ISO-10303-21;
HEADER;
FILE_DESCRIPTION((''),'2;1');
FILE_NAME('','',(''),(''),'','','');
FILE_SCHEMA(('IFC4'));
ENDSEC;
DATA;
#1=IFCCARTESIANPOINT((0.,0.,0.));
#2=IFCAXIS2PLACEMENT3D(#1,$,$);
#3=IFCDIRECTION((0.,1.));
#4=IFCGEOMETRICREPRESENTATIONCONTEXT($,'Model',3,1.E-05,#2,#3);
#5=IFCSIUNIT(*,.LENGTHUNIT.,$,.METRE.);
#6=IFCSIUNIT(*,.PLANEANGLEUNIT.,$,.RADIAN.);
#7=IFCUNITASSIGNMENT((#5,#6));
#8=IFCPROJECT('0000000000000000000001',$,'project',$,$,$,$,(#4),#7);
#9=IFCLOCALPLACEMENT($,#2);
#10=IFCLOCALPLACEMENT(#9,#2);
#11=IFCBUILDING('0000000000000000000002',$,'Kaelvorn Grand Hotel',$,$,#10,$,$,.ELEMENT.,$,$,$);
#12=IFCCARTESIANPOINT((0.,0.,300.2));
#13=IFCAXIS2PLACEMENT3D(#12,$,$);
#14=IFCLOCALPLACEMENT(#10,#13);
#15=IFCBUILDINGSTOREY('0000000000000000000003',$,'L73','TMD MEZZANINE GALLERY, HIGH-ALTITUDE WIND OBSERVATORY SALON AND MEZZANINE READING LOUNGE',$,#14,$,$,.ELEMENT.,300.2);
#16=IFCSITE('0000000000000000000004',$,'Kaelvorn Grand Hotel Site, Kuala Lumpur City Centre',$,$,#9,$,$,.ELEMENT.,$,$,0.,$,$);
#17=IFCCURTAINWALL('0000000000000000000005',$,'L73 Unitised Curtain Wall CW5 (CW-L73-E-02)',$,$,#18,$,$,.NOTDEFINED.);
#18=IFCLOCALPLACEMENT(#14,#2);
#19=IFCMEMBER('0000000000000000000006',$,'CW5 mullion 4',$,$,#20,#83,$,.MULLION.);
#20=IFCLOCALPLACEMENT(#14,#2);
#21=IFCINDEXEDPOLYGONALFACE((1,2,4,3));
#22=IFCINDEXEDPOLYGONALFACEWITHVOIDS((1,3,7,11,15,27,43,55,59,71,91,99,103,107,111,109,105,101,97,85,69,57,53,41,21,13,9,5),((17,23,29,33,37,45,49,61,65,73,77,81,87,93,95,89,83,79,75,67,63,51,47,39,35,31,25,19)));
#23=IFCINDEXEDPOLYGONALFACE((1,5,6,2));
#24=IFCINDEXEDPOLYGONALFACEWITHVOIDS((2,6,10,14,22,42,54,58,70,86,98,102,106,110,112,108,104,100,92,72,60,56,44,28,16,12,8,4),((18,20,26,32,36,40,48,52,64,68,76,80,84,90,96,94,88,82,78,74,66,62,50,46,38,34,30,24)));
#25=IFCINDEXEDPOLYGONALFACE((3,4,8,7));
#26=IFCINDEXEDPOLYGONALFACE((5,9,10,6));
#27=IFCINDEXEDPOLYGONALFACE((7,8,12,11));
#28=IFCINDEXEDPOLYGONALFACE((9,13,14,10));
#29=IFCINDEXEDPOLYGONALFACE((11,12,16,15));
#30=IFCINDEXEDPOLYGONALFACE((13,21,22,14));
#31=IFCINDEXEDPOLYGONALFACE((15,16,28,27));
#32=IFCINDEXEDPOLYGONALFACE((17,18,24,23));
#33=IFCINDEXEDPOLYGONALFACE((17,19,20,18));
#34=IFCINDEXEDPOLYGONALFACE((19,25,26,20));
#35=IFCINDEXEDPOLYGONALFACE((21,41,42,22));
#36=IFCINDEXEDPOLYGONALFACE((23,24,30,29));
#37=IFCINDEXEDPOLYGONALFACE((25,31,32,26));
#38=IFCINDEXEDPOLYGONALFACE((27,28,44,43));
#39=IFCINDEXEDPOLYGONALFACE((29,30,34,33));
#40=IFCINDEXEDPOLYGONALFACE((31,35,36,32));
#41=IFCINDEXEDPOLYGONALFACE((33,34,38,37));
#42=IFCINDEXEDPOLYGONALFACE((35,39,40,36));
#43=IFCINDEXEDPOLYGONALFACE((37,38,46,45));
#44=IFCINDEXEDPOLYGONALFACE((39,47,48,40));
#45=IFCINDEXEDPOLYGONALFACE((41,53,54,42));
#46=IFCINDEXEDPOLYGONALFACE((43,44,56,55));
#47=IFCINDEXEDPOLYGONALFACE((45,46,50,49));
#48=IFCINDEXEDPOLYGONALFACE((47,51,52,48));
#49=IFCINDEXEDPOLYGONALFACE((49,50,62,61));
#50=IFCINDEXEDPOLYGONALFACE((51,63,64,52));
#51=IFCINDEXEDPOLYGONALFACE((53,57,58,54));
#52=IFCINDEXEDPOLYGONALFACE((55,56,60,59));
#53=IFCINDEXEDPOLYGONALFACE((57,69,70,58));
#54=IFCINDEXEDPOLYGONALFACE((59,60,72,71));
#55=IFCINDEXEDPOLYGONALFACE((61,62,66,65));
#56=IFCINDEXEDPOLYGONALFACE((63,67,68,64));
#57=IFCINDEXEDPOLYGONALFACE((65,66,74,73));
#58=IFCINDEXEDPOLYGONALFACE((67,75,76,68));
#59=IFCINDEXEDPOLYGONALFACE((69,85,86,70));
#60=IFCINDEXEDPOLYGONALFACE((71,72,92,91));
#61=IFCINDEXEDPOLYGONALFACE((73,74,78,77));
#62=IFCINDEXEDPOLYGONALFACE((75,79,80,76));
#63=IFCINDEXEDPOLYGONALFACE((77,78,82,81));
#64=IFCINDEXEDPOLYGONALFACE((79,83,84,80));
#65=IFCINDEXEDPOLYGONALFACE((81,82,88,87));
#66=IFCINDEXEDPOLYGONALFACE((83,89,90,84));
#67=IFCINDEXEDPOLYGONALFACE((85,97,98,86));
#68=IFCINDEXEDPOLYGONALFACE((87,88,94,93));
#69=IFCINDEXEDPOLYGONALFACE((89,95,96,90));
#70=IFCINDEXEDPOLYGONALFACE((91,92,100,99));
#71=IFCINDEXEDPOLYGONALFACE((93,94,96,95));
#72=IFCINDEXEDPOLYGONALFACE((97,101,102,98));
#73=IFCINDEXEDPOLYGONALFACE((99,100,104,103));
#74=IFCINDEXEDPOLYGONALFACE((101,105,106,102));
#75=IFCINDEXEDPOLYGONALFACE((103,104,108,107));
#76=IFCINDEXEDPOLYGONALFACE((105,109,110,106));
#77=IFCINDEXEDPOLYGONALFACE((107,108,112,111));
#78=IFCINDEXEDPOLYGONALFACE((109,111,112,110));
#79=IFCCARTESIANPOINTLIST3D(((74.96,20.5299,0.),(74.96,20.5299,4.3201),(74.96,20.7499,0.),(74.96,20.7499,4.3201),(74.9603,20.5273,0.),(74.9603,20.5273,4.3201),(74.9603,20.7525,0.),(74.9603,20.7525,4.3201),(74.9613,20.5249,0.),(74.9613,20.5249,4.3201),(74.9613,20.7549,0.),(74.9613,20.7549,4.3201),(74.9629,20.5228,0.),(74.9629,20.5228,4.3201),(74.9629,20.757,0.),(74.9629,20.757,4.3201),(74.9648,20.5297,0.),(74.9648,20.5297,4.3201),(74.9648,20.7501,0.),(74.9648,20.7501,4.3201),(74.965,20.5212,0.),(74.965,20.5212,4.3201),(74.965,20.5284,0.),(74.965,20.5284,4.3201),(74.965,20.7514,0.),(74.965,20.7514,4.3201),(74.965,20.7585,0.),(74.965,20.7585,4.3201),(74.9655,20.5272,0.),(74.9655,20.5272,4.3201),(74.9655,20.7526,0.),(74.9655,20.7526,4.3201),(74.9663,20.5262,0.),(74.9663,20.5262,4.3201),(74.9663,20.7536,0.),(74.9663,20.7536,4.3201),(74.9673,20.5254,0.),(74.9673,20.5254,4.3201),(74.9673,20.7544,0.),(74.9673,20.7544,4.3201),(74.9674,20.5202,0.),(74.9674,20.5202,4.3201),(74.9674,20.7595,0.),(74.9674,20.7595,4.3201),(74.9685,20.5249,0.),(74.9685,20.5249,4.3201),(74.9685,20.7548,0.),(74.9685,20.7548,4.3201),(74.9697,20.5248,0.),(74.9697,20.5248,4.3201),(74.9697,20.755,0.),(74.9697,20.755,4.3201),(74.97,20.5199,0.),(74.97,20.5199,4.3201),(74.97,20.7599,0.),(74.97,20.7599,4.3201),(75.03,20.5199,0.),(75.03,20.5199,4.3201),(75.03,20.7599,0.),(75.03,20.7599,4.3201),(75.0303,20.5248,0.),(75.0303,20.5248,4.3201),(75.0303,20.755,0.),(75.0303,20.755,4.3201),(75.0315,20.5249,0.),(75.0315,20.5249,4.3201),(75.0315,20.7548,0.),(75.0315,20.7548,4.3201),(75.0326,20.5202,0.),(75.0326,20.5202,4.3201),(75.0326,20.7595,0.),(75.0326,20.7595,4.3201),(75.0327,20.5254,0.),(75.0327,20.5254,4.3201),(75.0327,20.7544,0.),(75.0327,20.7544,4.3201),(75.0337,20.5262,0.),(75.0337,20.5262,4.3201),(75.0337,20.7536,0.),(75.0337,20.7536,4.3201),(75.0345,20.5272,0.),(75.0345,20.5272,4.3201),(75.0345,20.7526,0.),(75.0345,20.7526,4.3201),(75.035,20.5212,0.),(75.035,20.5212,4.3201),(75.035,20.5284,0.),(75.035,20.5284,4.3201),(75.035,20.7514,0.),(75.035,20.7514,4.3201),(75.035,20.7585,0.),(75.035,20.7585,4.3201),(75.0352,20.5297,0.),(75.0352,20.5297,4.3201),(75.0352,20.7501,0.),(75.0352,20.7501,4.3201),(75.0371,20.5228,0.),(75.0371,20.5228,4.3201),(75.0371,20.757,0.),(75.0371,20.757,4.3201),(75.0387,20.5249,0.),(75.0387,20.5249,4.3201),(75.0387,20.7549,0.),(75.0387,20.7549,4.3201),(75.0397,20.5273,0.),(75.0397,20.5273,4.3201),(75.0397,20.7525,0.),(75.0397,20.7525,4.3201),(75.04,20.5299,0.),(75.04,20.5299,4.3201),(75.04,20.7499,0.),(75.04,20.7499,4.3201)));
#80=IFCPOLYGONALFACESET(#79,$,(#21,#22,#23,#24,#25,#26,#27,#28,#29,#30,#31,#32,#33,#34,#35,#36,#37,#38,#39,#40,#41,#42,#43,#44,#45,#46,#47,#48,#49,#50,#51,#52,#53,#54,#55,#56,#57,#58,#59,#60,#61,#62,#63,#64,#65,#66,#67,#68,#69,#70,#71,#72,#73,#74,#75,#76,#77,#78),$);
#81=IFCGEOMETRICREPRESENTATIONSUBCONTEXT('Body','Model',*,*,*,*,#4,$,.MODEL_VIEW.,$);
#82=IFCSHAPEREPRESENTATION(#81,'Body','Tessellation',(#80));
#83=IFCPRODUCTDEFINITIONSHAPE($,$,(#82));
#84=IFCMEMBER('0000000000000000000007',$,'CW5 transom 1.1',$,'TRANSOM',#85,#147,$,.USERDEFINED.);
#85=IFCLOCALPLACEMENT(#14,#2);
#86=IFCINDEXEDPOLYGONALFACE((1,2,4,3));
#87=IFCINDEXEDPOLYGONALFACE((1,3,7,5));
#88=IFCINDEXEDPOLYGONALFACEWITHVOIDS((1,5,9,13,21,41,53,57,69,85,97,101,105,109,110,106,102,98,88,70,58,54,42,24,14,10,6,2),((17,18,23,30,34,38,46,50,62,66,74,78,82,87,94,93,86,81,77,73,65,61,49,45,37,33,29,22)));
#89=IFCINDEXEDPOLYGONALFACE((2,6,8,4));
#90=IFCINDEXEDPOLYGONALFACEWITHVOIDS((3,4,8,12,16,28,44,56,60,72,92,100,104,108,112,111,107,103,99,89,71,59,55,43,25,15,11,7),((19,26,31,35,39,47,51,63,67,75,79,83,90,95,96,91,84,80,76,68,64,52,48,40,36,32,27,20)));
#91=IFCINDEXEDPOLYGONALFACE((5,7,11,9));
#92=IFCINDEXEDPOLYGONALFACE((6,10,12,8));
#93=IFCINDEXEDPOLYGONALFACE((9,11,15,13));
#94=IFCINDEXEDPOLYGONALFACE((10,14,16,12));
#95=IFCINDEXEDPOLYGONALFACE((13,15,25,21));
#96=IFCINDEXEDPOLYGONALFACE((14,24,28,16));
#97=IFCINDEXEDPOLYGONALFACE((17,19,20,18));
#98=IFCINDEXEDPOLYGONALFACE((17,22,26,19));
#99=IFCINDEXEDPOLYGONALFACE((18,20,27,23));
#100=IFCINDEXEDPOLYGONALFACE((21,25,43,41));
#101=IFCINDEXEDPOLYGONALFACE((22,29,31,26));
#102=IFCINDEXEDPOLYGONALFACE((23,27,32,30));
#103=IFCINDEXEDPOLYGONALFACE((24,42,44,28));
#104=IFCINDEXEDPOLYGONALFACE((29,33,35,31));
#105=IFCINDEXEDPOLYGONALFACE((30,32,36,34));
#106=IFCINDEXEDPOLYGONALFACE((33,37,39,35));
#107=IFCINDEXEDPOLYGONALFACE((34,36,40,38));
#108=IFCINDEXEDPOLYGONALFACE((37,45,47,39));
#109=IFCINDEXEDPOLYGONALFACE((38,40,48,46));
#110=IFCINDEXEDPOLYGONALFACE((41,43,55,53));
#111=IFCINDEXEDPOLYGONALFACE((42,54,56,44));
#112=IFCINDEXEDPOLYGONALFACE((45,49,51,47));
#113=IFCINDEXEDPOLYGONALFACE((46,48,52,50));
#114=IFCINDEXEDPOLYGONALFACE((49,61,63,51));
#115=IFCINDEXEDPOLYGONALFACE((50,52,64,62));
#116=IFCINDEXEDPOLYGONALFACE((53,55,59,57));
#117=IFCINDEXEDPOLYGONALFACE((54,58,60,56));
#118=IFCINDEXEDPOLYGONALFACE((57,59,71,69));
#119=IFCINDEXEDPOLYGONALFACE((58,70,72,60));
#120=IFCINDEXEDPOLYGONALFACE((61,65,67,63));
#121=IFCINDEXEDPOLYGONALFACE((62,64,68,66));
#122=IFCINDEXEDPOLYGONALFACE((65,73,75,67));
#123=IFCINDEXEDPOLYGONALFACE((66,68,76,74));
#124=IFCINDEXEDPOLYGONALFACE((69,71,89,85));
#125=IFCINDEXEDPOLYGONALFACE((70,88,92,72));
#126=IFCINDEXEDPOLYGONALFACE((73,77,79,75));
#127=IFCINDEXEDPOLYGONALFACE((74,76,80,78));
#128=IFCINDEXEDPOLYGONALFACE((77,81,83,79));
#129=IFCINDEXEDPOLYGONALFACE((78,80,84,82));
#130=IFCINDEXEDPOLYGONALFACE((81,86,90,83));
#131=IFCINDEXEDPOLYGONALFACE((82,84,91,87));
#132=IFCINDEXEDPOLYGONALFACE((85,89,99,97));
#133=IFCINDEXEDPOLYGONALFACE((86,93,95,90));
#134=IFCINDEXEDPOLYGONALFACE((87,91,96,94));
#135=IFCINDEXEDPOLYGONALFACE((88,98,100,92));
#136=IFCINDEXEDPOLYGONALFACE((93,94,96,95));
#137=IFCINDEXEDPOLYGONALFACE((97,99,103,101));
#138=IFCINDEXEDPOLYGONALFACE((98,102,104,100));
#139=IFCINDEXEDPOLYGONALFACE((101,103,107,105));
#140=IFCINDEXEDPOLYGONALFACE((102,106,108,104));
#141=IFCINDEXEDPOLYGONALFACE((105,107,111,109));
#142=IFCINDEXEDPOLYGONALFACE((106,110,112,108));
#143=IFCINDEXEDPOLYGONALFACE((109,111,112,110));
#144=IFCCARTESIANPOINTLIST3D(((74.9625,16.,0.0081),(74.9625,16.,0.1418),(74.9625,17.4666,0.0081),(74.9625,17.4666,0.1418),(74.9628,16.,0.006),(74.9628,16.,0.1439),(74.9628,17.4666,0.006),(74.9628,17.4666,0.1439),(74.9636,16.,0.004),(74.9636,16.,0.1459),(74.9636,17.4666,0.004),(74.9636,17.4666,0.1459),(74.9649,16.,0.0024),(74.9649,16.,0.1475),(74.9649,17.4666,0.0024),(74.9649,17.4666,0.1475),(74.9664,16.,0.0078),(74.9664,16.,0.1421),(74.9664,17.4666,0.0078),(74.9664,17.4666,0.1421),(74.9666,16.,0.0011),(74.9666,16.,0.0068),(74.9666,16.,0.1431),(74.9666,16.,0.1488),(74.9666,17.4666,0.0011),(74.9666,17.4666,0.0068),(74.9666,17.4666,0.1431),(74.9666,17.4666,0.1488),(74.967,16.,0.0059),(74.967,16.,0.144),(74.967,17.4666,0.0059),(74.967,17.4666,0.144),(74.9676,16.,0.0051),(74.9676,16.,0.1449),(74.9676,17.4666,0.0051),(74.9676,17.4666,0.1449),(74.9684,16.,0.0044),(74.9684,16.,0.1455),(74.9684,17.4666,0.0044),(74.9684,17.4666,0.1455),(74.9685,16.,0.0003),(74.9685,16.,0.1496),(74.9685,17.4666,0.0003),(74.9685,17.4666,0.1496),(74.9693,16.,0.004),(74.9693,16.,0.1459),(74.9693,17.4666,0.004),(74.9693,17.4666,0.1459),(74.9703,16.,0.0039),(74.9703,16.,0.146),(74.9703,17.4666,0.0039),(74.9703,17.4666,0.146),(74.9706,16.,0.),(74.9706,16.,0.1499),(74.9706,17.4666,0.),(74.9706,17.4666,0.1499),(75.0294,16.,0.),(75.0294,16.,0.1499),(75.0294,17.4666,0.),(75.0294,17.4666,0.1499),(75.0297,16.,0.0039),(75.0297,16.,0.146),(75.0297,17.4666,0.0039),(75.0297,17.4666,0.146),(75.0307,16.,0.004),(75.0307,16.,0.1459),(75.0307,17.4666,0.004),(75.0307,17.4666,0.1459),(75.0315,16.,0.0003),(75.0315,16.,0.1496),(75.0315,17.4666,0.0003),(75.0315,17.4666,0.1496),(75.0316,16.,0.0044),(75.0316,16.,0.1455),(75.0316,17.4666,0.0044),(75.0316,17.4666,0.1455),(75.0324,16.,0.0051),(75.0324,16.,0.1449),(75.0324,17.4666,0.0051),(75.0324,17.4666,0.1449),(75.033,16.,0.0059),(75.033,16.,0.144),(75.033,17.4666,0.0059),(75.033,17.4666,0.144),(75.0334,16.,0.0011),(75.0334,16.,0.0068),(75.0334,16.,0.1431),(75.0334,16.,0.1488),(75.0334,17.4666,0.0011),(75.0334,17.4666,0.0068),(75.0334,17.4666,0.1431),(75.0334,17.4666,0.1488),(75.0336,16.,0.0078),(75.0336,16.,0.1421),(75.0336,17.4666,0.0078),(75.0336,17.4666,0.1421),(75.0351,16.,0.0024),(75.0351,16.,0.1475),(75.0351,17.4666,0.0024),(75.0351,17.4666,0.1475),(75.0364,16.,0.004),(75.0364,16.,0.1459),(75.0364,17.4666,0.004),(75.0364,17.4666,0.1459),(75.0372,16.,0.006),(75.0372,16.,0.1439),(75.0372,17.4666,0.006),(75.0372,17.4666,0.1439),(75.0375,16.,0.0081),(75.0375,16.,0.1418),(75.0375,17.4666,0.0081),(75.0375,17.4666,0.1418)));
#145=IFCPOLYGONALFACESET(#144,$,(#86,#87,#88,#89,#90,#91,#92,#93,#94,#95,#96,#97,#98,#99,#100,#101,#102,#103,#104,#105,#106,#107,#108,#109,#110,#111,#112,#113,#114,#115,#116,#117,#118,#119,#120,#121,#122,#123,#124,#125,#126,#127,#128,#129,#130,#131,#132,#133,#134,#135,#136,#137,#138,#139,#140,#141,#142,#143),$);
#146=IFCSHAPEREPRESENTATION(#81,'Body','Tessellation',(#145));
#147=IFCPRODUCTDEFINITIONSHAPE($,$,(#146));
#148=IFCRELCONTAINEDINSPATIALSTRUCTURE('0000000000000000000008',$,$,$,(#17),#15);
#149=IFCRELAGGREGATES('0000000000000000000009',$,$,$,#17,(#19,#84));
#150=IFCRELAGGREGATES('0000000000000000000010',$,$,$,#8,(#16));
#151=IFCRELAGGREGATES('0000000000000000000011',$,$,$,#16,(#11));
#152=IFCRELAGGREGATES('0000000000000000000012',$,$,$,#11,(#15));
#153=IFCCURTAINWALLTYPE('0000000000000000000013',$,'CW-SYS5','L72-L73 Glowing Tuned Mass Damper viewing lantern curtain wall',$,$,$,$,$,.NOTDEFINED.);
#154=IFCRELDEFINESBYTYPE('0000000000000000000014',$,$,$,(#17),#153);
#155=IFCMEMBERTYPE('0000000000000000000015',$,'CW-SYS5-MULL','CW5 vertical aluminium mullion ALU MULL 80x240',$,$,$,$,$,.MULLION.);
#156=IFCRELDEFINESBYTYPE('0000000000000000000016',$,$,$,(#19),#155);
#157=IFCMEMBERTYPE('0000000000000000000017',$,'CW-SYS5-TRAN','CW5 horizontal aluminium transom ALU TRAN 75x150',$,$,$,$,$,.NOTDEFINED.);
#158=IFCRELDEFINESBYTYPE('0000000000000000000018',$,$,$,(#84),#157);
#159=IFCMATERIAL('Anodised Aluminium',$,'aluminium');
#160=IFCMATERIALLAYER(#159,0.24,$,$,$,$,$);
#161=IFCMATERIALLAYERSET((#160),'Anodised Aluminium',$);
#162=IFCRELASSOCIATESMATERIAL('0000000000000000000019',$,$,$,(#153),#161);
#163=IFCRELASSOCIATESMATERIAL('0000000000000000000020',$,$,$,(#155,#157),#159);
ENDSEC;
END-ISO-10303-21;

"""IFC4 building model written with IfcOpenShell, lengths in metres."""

from ifc_helpers import new_model, si_unit, direction, frame, origin, origin_2d, place, context, subcontext, project, spatial, hollow_rectangle, extrude, material, layer, layer_set, material_profile, profile_set, type_object, element, aggregate, save


model = new_model("IFC4")

# Units and contexts
model_context = context("Model", 3, precision=1e-05, world=origin(), true_north=direction((0.0, 1.0)))
body_context = subcontext(model_context, "Body", "Model", "MODEL_VIEW")
ifc_project = project(units=[si_unit("LENGTHUNIT", "METRE"), si_unit("PLANEANGLEUNIT", "RADIAN")], contexts=[model_context])

# Site, building, storey
site_placement = place(None, origin())
site = spatial("IfcSite", under=ifc_project, at=site_placement, Name="Kaelvorn Grand Hotel Site, Kuala Lumpur City Centre", CompositionType="ELEMENT", RefElevation=0.0)
building_placement = place(site_placement, origin())
building = spatial("IfcBuilding", under=site, at=building_placement, Name="Kaelvorn Grand Hotel", CompositionType="ELEMENT")
storey_placement = place(building_placement, frame((0.0, 0.0, 300.2)))
storey = spatial("IfcBuildingStorey", under=building, at=storey_placement, Name="L73", Description="TMD MEZZANINE GALLERY, HIGH-ALTITUDE WIND OBSERVATORY SALON AND MEZZANINE READING LOUNGE", CompositionType="ELEMENT", Elevation=300.2)

# Curtain wall, members
ifc_material_1 = material(Name="Anodised Aluminium", Category="aluminium")
ifc_layer_1 = layer(ifc_material_1, 0.24)
ifc_layer_set_1 = layer_set([ifc_layer_1], Name="Anodised Aluminium")
curtain_wall_type = type_object("IfcCurtainWallType", Name="CW-SYS5", Description="L72-L73 Glowing Tuned Mass Damper viewing lantern curtain wall", PredefinedType="NOTDEFINED", material=ifc_layer_set_1)
curtain_wall_placement = place(storey_placement, origin())
curtain_wall = element("IfcCurtainWall", 1, at=curtain_wall_placement, inside=storey, type_object=curtain_wall_type, Name="L73 Unitised Curtain Wall CW5 (CW-L73-E-02)", PredefinedType="NOTDEFINED")
ifc_material_profile_1 = material_profile(ifc_material_1, hollow_rectangle(XDim=0.0801, YDim=0.24, WallThickness=0.0049, InnerFilletRadius=0.0049, OuterFilletRadius=0.01, at=origin_2d()), Name="ALU MULL 80x240")
ifc_profile_set_1 = profile_set([ifc_material_profile_1], Name="Anodised Aluminium")
member_type_1 = type_object("IfcMemberType", Name="CW-SYS5-MULL", Description="CW5 vertical aluminium mullion ALU MULL 80x240", PredefinedType="MULLION", material=ifc_profile_set_1)
member_1_placement = place(storey_placement, frame((75.0, 20.6399, 0.0), z_axis=(0.0, 0.0, 1.0), x_axis=(-1.0, 0.0, 0.0)))
member_1 = element("IfcMember", 2, at=member_1_placement, type_object=member_type_1, Name="CW5 mullion 4", PredefinedType="MULLION", context=body_context, shape_type="SweptSolid", body=[
    extrude(hollow_rectangle(XDim=0.0801, YDim=0.24, WallThickness=0.0049, InnerFilletRadius=0.0049, OuterFilletRadius=0.01, at=origin_2d()), origin(), (0.0, 0.0, 1.0), 4.3201),
])
ifc_material_profile_2 = material_profile(ifc_material_1, hollow_rectangle(XDim=0.075, YDim=0.1499, WallThickness=0.0039, InnerFilletRadius=0.0039, OuterFilletRadius=0.0081, at=origin_2d()), Name="ALU TRAN 75x150")
ifc_profile_set_2 = profile_set([ifc_material_profile_2], Name="Anodised Aluminium")
member_type_2 = type_object("IfcMemberType", Name="CW-SYS5-TRAN", Description="CW5 horizontal aluminium transom ALU TRAN 75x150", PredefinedType="NOTDEFINED", material=ifc_profile_set_2)
member_2_placement = place(storey_placement, frame((75.0, 16.0, 0.075), z_axis=(0.0, 1.0, 0.0), x_axis=(-1.0, 0.0, 0.0)))
member_2 = element("IfcMember", 3, at=member_2_placement, type_object=member_type_2, Name="CW5 transom 1.1", ObjectType="TRANSOM", PredefinedType="USERDEFINED", context=body_context, shape_type="SweptSolid", body=[
    extrude(hollow_rectangle(XDim=0.075, YDim=0.1499, WallThickness=0.0039, InnerFilletRadius=0.0039, OuterFilletRadius=0.0081, at=origin_2d()), origin(), (0.0, 0.0, 1.0), 1.4666),
])
aggregate(curtain_wall, [member_1, member_2])

save(model, "model.ifc")
